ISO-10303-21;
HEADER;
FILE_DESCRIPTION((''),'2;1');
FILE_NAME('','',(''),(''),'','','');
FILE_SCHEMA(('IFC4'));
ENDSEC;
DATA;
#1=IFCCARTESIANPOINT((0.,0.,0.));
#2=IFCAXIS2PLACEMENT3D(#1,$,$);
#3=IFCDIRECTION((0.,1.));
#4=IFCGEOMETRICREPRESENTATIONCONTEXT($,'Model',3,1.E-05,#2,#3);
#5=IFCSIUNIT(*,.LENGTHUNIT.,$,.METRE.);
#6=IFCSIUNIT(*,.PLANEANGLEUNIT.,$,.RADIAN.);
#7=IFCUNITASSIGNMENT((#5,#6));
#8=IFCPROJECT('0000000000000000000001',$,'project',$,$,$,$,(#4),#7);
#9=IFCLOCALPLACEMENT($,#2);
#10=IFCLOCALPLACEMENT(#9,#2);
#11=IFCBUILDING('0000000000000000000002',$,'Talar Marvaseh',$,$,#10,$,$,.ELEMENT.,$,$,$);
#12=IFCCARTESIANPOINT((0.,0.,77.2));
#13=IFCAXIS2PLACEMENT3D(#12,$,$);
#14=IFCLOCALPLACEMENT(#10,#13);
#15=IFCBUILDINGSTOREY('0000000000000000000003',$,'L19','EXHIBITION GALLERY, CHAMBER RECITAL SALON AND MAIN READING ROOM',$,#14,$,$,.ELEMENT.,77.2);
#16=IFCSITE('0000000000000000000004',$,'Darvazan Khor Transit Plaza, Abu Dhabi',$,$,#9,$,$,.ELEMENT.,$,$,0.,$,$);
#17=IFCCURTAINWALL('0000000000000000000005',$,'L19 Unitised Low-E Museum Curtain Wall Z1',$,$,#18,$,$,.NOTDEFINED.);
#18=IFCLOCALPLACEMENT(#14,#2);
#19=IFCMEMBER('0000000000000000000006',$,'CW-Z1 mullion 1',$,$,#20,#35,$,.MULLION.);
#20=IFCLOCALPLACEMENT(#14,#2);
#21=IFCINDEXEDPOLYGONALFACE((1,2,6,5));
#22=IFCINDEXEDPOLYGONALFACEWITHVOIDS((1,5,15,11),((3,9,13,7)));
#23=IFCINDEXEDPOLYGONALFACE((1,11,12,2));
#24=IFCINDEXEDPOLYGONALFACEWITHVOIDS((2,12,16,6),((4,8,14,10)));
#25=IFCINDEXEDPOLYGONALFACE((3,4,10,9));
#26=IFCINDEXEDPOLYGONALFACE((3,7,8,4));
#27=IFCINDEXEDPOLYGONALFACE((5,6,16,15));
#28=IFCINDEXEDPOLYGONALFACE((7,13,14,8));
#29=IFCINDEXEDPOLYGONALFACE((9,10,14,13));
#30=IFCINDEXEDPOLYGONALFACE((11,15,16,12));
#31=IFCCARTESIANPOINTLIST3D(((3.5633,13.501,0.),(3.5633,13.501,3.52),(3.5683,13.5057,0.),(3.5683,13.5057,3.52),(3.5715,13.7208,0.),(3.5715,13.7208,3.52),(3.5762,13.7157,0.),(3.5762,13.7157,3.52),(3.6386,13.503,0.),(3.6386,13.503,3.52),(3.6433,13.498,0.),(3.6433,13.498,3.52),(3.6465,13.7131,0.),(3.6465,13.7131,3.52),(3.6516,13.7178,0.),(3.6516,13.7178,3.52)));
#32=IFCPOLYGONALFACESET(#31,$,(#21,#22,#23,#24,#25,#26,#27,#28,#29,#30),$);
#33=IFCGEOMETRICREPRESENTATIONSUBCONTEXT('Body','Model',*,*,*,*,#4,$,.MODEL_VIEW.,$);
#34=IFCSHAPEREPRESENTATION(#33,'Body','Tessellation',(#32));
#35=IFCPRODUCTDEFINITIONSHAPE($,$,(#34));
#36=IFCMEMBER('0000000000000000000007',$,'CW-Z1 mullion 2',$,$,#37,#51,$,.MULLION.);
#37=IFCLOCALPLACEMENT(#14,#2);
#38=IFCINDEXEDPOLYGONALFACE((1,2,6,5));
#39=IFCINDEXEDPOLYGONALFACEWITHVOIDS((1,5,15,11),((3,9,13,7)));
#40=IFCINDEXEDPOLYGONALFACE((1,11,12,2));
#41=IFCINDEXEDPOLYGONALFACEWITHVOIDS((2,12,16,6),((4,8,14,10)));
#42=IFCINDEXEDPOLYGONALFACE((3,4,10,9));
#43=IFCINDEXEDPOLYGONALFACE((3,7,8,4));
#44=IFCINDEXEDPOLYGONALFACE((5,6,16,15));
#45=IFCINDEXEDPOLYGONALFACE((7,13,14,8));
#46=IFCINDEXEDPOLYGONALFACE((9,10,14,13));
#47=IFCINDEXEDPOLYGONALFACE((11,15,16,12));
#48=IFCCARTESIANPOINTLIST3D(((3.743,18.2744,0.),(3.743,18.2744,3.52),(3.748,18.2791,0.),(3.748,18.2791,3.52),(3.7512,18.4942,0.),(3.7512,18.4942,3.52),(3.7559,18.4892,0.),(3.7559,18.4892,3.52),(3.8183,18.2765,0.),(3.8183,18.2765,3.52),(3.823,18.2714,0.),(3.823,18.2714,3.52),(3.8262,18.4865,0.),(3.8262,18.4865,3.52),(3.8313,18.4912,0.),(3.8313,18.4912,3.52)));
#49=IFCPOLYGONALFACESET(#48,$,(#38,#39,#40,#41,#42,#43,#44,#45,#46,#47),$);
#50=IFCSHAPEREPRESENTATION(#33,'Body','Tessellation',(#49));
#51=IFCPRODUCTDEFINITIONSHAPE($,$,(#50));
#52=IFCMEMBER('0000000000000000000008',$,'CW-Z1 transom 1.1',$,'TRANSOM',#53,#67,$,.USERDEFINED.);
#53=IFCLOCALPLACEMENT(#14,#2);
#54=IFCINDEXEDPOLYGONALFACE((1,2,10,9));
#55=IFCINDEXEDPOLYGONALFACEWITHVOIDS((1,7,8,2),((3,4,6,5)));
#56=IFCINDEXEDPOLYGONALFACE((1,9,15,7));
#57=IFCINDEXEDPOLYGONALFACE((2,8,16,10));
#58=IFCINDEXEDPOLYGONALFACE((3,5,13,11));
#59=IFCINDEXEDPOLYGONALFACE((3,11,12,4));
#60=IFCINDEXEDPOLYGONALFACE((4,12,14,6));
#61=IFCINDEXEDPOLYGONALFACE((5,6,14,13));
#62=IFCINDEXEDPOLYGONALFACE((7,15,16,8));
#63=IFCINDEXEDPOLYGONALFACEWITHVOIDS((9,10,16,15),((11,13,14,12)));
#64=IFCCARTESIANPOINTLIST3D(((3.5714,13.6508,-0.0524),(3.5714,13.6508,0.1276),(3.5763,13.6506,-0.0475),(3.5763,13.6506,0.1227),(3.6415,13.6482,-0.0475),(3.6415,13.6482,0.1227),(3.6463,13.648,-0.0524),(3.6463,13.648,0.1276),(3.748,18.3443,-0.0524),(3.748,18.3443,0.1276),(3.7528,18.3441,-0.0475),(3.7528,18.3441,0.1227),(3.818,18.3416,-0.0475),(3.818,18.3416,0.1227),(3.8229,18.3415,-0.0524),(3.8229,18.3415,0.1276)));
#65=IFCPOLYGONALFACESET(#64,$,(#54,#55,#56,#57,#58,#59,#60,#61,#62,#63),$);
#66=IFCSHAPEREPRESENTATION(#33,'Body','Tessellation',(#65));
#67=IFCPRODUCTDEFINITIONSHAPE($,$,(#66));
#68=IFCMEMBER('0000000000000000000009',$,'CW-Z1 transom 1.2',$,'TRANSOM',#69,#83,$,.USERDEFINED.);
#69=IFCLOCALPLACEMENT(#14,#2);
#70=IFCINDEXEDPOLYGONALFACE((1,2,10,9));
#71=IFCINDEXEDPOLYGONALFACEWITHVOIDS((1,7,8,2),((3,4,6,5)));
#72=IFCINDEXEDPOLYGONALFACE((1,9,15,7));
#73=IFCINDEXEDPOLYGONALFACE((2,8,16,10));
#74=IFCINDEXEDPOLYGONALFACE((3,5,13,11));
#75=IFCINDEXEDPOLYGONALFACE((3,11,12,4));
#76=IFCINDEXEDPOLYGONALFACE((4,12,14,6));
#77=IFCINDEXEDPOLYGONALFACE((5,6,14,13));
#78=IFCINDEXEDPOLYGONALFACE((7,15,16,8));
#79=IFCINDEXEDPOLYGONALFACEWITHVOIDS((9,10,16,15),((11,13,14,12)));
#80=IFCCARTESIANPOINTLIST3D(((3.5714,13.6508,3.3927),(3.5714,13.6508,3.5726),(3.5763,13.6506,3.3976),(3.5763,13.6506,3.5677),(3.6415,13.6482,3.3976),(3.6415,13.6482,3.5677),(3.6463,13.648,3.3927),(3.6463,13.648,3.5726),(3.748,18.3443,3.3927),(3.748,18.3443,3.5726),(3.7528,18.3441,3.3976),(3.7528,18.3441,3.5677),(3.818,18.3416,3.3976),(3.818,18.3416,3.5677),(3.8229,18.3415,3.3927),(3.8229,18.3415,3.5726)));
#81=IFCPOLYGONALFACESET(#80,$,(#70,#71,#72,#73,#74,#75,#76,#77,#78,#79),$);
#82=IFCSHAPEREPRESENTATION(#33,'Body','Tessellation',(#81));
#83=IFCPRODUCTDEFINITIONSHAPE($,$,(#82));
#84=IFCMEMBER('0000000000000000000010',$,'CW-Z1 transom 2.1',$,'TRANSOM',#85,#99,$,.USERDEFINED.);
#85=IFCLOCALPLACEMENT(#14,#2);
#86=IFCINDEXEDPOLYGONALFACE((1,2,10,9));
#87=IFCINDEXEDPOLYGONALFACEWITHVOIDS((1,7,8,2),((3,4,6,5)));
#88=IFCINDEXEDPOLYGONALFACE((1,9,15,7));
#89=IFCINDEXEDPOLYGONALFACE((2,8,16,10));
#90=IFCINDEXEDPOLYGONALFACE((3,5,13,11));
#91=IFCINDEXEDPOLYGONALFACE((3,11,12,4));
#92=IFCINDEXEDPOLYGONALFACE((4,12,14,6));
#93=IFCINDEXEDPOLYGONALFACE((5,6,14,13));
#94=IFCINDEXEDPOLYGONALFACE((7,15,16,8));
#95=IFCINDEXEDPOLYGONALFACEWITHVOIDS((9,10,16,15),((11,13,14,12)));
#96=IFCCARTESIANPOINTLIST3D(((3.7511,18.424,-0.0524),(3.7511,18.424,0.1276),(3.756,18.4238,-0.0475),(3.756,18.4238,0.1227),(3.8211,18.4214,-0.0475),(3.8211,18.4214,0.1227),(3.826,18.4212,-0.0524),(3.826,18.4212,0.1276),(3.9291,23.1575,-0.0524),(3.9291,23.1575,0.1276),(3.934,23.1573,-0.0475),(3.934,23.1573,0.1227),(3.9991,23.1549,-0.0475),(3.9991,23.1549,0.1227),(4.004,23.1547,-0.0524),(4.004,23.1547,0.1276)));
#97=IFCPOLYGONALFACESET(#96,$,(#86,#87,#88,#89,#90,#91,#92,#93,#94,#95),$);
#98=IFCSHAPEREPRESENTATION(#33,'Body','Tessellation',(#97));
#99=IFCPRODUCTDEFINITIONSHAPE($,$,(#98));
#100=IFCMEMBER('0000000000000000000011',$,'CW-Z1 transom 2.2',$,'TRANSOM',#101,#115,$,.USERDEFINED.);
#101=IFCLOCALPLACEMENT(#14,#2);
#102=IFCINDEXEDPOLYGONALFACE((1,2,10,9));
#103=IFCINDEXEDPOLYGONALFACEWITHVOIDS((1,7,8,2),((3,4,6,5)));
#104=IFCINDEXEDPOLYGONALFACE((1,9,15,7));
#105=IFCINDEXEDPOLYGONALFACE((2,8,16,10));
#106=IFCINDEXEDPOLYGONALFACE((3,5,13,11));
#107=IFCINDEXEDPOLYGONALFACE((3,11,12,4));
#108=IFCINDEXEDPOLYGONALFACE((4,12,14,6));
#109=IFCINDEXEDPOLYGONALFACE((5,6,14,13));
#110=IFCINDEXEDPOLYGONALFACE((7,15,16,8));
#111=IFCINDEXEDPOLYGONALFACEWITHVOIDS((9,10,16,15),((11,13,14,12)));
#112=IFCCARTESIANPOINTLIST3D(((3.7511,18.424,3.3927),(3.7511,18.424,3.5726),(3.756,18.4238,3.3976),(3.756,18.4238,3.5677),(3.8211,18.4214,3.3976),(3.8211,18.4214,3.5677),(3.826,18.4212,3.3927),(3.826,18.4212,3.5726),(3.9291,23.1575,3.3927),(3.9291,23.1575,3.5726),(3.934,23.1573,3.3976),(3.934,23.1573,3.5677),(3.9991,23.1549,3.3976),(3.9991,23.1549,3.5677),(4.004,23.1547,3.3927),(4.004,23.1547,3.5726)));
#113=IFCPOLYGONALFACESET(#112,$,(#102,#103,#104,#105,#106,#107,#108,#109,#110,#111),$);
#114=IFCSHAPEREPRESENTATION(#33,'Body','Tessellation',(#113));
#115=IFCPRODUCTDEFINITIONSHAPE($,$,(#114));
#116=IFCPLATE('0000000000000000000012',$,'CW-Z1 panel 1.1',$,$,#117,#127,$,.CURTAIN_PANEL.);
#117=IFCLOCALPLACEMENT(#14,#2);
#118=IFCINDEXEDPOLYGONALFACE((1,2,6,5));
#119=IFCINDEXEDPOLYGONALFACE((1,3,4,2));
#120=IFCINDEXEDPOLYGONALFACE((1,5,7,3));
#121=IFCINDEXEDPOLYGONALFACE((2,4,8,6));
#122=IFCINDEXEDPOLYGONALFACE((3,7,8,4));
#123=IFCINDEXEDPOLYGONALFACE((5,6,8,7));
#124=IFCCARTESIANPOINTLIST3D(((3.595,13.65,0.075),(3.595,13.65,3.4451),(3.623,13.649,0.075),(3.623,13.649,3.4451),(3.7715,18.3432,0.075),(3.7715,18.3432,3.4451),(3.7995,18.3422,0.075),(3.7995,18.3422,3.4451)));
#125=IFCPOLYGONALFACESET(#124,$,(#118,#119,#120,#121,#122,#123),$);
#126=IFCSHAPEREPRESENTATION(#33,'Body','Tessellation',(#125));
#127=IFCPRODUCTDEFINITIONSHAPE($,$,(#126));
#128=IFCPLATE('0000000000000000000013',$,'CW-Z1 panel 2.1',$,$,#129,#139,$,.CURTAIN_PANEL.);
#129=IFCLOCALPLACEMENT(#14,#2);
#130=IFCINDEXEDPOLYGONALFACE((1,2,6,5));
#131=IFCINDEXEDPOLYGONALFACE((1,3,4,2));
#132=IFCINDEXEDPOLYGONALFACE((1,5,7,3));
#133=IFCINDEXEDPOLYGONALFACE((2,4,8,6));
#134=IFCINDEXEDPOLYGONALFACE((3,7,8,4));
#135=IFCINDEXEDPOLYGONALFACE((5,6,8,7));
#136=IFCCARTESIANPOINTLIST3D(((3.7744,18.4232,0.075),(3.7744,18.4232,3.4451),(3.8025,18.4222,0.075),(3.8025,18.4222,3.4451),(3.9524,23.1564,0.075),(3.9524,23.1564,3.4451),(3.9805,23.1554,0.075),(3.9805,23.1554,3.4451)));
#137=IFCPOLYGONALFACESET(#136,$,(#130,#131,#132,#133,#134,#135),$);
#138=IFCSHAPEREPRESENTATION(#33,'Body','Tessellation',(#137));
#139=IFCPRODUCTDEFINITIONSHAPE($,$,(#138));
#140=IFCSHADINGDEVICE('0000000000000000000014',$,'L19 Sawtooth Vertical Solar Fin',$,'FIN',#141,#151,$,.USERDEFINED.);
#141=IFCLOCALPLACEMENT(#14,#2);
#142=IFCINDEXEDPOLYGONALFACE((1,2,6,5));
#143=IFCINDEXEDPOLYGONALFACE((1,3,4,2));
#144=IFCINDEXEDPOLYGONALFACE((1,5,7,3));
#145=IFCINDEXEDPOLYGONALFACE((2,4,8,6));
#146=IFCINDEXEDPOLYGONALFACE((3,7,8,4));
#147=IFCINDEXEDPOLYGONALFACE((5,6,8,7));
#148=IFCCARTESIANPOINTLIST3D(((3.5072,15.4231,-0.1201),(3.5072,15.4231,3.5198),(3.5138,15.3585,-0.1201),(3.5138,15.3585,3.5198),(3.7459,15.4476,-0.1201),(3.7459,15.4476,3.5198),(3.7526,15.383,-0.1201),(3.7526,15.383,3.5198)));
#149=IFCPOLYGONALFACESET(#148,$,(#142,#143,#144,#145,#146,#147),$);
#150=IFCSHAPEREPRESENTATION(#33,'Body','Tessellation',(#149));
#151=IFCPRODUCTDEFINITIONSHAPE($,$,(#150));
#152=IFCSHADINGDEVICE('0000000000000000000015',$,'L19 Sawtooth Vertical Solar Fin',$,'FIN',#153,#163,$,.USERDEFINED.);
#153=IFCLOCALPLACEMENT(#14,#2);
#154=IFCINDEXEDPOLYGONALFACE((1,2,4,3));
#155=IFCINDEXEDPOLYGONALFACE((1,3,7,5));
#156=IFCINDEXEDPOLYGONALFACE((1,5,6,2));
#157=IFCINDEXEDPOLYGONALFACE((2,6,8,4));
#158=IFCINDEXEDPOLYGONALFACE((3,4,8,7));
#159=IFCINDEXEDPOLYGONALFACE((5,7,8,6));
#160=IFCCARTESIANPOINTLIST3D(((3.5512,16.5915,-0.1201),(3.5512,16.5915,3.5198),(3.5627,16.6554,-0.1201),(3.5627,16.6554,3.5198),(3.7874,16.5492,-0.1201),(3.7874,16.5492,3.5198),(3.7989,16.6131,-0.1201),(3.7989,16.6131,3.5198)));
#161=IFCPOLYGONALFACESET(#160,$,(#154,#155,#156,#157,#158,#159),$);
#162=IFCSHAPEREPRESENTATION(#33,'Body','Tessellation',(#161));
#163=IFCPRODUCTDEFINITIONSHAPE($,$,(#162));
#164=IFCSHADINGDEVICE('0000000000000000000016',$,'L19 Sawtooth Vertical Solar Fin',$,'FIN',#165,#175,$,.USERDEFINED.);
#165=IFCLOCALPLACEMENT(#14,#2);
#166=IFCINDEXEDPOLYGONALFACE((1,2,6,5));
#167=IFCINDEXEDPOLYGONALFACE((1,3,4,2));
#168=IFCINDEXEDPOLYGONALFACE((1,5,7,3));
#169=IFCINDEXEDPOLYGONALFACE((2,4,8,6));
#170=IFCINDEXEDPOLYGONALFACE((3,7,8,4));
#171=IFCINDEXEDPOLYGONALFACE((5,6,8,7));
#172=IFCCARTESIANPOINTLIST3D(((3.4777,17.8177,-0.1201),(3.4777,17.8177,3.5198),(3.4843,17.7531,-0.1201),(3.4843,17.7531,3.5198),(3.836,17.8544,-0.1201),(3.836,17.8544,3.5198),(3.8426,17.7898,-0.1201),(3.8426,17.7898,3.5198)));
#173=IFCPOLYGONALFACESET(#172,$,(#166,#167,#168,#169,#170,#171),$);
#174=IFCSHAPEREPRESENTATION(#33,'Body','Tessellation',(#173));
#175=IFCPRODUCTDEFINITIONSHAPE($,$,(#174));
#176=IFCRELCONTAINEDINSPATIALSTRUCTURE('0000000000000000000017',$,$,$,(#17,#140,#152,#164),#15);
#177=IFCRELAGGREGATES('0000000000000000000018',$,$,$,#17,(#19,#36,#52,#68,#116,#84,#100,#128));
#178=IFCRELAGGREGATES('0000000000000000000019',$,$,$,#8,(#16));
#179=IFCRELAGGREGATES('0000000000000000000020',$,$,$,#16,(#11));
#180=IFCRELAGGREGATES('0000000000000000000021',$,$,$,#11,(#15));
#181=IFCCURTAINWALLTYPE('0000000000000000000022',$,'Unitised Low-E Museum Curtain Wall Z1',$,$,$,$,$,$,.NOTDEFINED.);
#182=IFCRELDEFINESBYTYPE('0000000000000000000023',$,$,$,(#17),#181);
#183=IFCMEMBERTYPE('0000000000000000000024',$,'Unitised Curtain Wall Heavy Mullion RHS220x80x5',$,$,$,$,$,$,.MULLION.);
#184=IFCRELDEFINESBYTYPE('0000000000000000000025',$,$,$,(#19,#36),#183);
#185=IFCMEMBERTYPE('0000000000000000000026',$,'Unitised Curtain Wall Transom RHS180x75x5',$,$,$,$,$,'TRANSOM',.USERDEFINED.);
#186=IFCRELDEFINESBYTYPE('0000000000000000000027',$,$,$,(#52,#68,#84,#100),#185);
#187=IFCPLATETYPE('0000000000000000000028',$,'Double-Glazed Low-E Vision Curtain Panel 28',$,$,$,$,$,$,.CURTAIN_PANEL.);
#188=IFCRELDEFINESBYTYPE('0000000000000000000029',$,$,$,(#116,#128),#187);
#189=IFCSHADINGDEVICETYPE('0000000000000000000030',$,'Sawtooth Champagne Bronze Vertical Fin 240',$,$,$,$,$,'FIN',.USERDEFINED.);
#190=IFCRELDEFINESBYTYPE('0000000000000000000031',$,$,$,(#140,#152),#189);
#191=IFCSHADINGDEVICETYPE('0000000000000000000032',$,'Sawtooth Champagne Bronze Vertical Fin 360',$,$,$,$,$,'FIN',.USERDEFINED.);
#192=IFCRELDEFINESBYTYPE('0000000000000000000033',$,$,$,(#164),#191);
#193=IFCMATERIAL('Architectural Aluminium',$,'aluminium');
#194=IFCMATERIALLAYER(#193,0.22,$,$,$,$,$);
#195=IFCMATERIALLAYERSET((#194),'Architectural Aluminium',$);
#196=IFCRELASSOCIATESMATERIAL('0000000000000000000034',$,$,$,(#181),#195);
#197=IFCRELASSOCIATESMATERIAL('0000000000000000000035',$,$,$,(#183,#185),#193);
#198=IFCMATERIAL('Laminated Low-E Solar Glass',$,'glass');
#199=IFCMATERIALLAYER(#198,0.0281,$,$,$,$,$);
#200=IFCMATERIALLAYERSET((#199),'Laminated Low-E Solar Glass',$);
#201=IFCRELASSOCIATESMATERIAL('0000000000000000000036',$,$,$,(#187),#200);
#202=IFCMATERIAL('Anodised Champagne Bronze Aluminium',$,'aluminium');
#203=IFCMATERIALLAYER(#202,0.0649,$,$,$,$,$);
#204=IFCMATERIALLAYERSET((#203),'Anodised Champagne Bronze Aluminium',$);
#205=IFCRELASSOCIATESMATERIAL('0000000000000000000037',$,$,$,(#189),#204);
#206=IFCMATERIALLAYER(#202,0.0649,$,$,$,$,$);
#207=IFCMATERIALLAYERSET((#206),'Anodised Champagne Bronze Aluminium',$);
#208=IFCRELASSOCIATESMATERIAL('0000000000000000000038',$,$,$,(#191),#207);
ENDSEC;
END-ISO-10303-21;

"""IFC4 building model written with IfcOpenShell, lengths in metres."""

from ifc_helpers import new_model, si_unit, direction, frame, origin, origin_2d, place, context, subcontext, project, spatial, rectangle, hollow_rectangle, extrude, source, transform, mapped, material, layer, layer_set, material_profile, profile_set, type_object, type_shapes, element, aggregate, save


model = new_model("IFC4")

# Units and contexts
model_context = context("Model", 3, precision=1e-05, world=origin(), true_north=direction((0.0, 1.0)))
body_context = subcontext(model_context, "Body", "Model", "MODEL_VIEW")
ifc_project = project(units=[si_unit("LENGTHUNIT", "METRE"), si_unit("PLANEANGLEUNIT", "RADIAN")], contexts=[model_context])

# Site, building, storey
site_placement = place(None, origin())
site = spatial("IfcSite", under=ifc_project, at=site_placement, Name="Darvazan Khor Transit Plaza, Abu Dhabi", CompositionType="ELEMENT", RefElevation=0.0)
building_placement = place(site_placement, origin())
building = spatial("IfcBuilding", under=site, at=building_placement, Name="Talar Marvaseh", CompositionType="ELEMENT")
storey_placement = place(building_placement, frame((0.0, 0.0, 77.2)))
storey = spatial("IfcBuildingStorey", under=building, at=storey_placement, Name="L19", Description="EXHIBITION GALLERY, CHAMBER RECITAL SALON AND MAIN READING ROOM", CompositionType="ELEMENT", Elevation=77.2)

# Curtain wall, members, plates
ifc_material_1 = material(Name="Architectural Aluminium", Category="aluminium")
ifc_layer_1 = layer(ifc_material_1, 0.22)
ifc_layer_set_1 = layer_set([ifc_layer_1], Name="Architectural Aluminium")
curtain_wall_type = type_object("IfcCurtainWallType", Name="Unitised Low-E Museum Curtain Wall Z1", PredefinedType="NOTDEFINED", material=ifc_layer_set_1)
curtain_wall_placement = place(storey_placement, origin())
curtain_wall = element("IfcCurtainWall", 1, at=curtain_wall_placement, inside=storey, type_object=curtain_wall_type, Name="L19 Unitised Low-E Museum Curtain Wall Z1", PredefinedType="NOTDEFINED")
ifc_material_profile_1 = material_profile(ifc_material_1, hollow_rectangle(XDim=0.0801, YDim=0.22, WallThickness=0.0049, at=origin_2d()), Name="RHS220x80x5")
ifc_profile_set_1 = profile_set([ifc_material_profile_1], Name="Architectural Aluminium")
member_type_1 = type_object("IfcMemberType", Name="Unitised Curtain Wall Heavy Mullion RHS220x80x5", PredefinedType="MULLION", material=ifc_profile_set_1)
shared_shape_1 = source(origin(), body_context, "Body", "SweptSolid", [
    extrude(hollow_rectangle(XDim=0.0801, YDim=0.22, WallThickness=0.0049, at=origin_2d()), origin(), (0.0, 0.0, 1.0), 3.52),
])
type_shapes(member_type_1, [shared_shape_1])
member_1_placement = place(storey_placement, frame((3.6074, 13.6094, 0.0), z_axis=(0.0, 0.0, 1.0), x_axis=(-0.999293, 0.037584, 0.0)))
member_1 = element("IfcMember", 2, at=member_1_placement, type_object=member_type_1, Name="CW-Z1 mullion 1", PredefinedType="MULLION", context=body_context, shape_type="MappedRepresentation", body=[
    mapped(shared_shape_1, transform((0.0, 0.0, 0.0), x_axis=(1.0, 0.0, 0.0), y_axis=(0.0, 1.0, 0.0), z_axis=(0.0, 0.0, 1.0), scale=1.0)),
])
member_2_placement = place(storey_placement, frame((3.7871, 18.3828, 0.0), z_axis=(0.0, 0.0, 1.0), x_axis=(-0.999293, 0.037584, 0.0)))
member_2 = element("IfcMember", 3, at=member_2_placement, type_object=member_type_1, Name="CW-Z1 mullion 2", PredefinedType="MULLION", context=body_context, shape_type="MappedRepresentation", body=[
    mapped(shared_shape_1, transform((0.0, 0.0, 0.0), x_axis=(1.0, 0.0, 0.0), y_axis=(0.0, 1.0, 0.0), z_axis=(0.0, 0.0, 1.0), scale=1.0)),
])
ifc_material_profile_2 = material_profile(ifc_material_1, hollow_rectangle(XDim=0.075, YDim=0.1799, WallThickness=0.0049, at=origin_2d()), Name="RHS180x75x5")
ifc_profile_set_2 = profile_set([ifc_material_profile_2], Name="Architectural Aluminium")
member_type_2 = type_object("IfcMemberType", Name="Unitised Curtain Wall Transom RHS180x75x5", ElementType="TRANSOM", PredefinedType="USERDEFINED", material=ifc_profile_set_2)
shared_shape_2 = source(origin(), body_context, "Body", "SweptSolid", [
    extrude(hollow_rectangle(XDim=0.075, YDim=0.1799, WallThickness=0.0049, at=origin_2d()), origin(), (0.0, 0.0, 1.0), 4.6968),
])
member_3_placement = place(storey_placement, frame((3.6089, 13.6494, 0.0376), z_axis=(0.037583, 0.999294, 0.0), x_axis=(-0.999294, 0.037583, 0.0)))
member_3 = element("IfcMember", 4, at=member_3_placement, type_object=member_type_2, Name="CW-Z1 transom 1.1", ObjectType="TRANSOM", PredefinedType="USERDEFINED", context=body_context, shape_type="MappedRepresentation", body=[
    mapped(shared_shape_2, transform((0.0, 0.0, 0.0), x_axis=(1.0, 0.0, 0.0), y_axis=(0.0, 1.0, 0.0), z_axis=(0.0, 0.0, 1.0), scale=1.0)),
])
member_4_placement = place(storey_placement, frame((3.6089, 13.6494, 3.4827), z_axis=(0.037583, 0.999294, 0.0), x_axis=(-0.999294, 0.037583, 0.0)))
member_4 = element("IfcMember", 5, at=member_4_placement, type_object=member_type_2, Name="CW-Z1 transom 1.2", ObjectType="TRANSOM", PredefinedType="USERDEFINED", context=body_context, shape_type="MappedRepresentation", body=[
    mapped(shared_shape_2, transform((0.0, 0.0, 0.0), x_axis=(1.0, 0.0, 0.0), y_axis=(0.0, 1.0, 0.0), z_axis=(0.0, 0.0, 1.0), scale=1.0)),
])
shared_shape_3 = source(origin(), body_context, "Body", "SweptSolid", [
    extrude(hollow_rectangle(XDim=0.075, YDim=0.1799, WallThickness=0.0049, at=origin_2d()), origin(), (0.0, 0.0, 1.0), 4.7368),
])
type_shapes(member_type_2, [shared_shape_2, shared_shape_3])
member_5_placement = place(storey_placement, frame((3.7886, 18.4226, 0.0376), z_axis=(0.037574, 0.999294, 0.0), x_axis=(-0.999294, 0.037574, 0.0)))
member_5 = element("IfcMember", 6, at=member_5_placement, type_object=member_type_2, Name="CW-Z1 transom 2.1", ObjectType="TRANSOM", PredefinedType="USERDEFINED", context=body_context, shape_type="MappedRepresentation", body=[
    mapped(shared_shape_3, transform((0.0, 0.0, 0.0), x_axis=(1.0, 0.0, 0.0), y_axis=(0.0, 1.0, 0.0), z_axis=(0.0, 0.0, 1.0), scale=1.0)),
])
member_6_placement = place(storey_placement, frame((3.7886, 18.4226, 3.4827), z_axis=(0.037574, 0.999294, 0.0), x_axis=(-0.999294, 0.037574, 0.0)))
member_6 = element("IfcMember", 7, at=member_6_placement, type_object=member_type_2, Name="CW-Z1 transom 2.2", ObjectType="TRANSOM", PredefinedType="USERDEFINED", context=body_context, shape_type="MappedRepresentation", body=[
    mapped(shared_shape_3, transform((0.0, 0.0, 0.0), x_axis=(1.0, 0.0, 0.0), y_axis=(0.0, 1.0, 0.0), z_axis=(0.0, 0.0, 1.0), scale=1.0)),
])
ifc_material_2 = material(Name="Laminated Low-E Solar Glass", Category="glass")
ifc_layer_2 = layer(ifc_material_2, 0.0281)
ifc_layer_set_2 = layer_set([ifc_layer_2], Name="Laminated Low-E Solar Glass")
plate_type = type_object("IfcPlateType", Name="Double-Glazed Low-E Vision Curtain Panel 28", PredefinedType="CURTAIN_PANEL", material=ifc_layer_set_2)
shared_shape_4 = source(origin(), body_context, "Body", "SweptSolid", [
    extrude(rectangle(XDim=4.6965, YDim=0.0281, at=origin_2d()), origin(), (0.0, 0.0, 1.0), 3.3701),
])
plate_1_placement = place(storey_placement, frame((3.6973, 15.9961, 0.075), z_axis=(0.0, 0.0, 1.0), x_axis=(0.037584, 0.999293, 0.0)))
plate_1 = element("IfcPlate", 8, at=plate_1_placement, type_object=plate_type, Name="CW-Z1 panel 1.1", PredefinedType="CURTAIN_PANEL", context=body_context, shape_type="MappedRepresentation", body=[
    mapped(shared_shape_4, transform((0.0, 0.0, 0.0), x_axis=(1.0, 0.0, 0.0), y_axis=(0.0, 1.0, 0.0), z_axis=(0.0, 0.0, 1.0), scale=1.0)),
])
shared_shape_5 = source(origin(), body_context, "Body", "SweptSolid", [
    extrude(rectangle(XDim=4.7366, YDim=0.0281, at=origin_2d()), origin(), (0.0, 0.0, 1.0), 3.3701),
])
type_shapes(plate_type, [shared_shape_4, shared_shape_5])
plate_2_placement = place(storey_placement, frame((3.8774, 20.7893, 0.075), z_axis=(0.0, 0.0, 1.0), x_axis=(0.037584, 0.999293, 0.0)))
plate_2 = element("IfcPlate", 9, at=plate_2_placement, type_object=plate_type, Name="CW-Z1 panel 2.1", PredefinedType="CURTAIN_PANEL", context=body_context, shape_type="MappedRepresentation", body=[
    mapped(shared_shape_5, transform((0.0, 0.0, 0.0), x_axis=(1.0, 0.0, 0.0), y_axis=(0.0, 1.0, 0.0), z_axis=(0.0, 0.0, 1.0), scale=1.0)),
])
aggregate(curtain_wall, [member_1, member_2, member_3, member_4, plate_1, member_5, member_6, plate_2])

# Shading devices
ifc_material_3 = material(Name="Anodised Champagne Bronze Aluminium", Category="aluminium")
ifc_layer_3 = layer(ifc_material_3, 0.0649)
ifc_layer_set_3 = layer_set([ifc_layer_3], Name="Anodised Champagne Bronze Aluminium")
shading_device_type_1 = type_object("IfcShadingDeviceType", Name="Sawtooth Champagne Bronze Vertical Fin 240", ElementType="FIN", PredefinedType="USERDEFINED", material=ifc_layer_set_3)
shared_shape_6 = source(origin(), body_context, "Body", "SweptSolid", [
    extrude(rectangle(XDim=0.24, YDim=0.0649, at=origin_2d()), origin(), (0.0, 0.0, 1.0), 3.6399),
])
type_shapes(shading_device_type_1, [shared_shape_6])
for number, where, z_axis, x_axis, name in (
    (10, (3.6299, 15.4031, -0.1201), (0.0, 0.0, 1.0), (-0.994792, -0.101924, 0.0), "L19 Sawtooth Vertical Solar Fin"),
    (11, (3.675, 16.6023, -0.1201), (0.0, 0.0, 1.0), (-0.98435, 0.176226, 0.0), "L19 Sawtooth Vertical Solar Fin"),
):
    element("IfcShadingDevice", number, at=place(storey_placement, frame(where, z_axis=z_axis, x_axis=x_axis)), inside=storey, type_object=shading_device_type_1, Name=name, ObjectType="FIN", PredefinedType="USERDEFINED", context=body_context, shape_type="MappedRepresentation", body=[
        mapped(shared_shape_6, transform((0.0, 0.0, 0.0), x_axis=(1.0, 0.0, 0.0), y_axis=(0.0, 1.0, 0.0), z_axis=(0.0, 0.0, 1.0), scale=1.0)),
    ])
ifc_layer_4 = layer(ifc_material_3, 0.0649)
ifc_layer_set_4 = layer_set([ifc_layer_4], Name="Anodised Champagne Bronze Aluminium")
shading_device_type_2 = type_object("IfcShadingDeviceType", Name="Sawtooth Champagne Bronze Vertical Fin 360", ElementType="FIN", PredefinedType="USERDEFINED", material=ifc_layer_set_4)
shared_shape_7 = source(origin(), body_context, "Body", "SweptSolid", [
    extrude(rectangle(XDim=0.3601, YDim=0.0649, at=origin_2d()), origin(), (0.0, 0.0, 1.0), 3.6399),
])
type_shapes(shading_device_type_2, [shared_shape_7])
for number, where, z_axis, x_axis, name in (
    (12, (3.6602, 17.8037, -0.1201), (0.0, 0.0, 1.0), (-0.994792, -0.101924, 0.0), "L19 Sawtooth Vertical Solar Fin"),
):
    element("IfcShadingDevice", number, at=place(storey_placement, frame(where, z_axis=z_axis, x_axis=x_axis)), inside=storey, type_object=shading_device_type_2, Name=name, ObjectType="FIN", PredefinedType="USERDEFINED", context=body_context, shape_type="MappedRepresentation", body=[
        mapped(shared_shape_7, transform((0.0, 0.0, 0.0), x_axis=(1.0, 0.0, 0.0), y_axis=(0.0, 1.0, 0.0), z_axis=(0.0, 0.0, 1.0), scale=1.0)),
    ])

save(model, "model.ifc")
